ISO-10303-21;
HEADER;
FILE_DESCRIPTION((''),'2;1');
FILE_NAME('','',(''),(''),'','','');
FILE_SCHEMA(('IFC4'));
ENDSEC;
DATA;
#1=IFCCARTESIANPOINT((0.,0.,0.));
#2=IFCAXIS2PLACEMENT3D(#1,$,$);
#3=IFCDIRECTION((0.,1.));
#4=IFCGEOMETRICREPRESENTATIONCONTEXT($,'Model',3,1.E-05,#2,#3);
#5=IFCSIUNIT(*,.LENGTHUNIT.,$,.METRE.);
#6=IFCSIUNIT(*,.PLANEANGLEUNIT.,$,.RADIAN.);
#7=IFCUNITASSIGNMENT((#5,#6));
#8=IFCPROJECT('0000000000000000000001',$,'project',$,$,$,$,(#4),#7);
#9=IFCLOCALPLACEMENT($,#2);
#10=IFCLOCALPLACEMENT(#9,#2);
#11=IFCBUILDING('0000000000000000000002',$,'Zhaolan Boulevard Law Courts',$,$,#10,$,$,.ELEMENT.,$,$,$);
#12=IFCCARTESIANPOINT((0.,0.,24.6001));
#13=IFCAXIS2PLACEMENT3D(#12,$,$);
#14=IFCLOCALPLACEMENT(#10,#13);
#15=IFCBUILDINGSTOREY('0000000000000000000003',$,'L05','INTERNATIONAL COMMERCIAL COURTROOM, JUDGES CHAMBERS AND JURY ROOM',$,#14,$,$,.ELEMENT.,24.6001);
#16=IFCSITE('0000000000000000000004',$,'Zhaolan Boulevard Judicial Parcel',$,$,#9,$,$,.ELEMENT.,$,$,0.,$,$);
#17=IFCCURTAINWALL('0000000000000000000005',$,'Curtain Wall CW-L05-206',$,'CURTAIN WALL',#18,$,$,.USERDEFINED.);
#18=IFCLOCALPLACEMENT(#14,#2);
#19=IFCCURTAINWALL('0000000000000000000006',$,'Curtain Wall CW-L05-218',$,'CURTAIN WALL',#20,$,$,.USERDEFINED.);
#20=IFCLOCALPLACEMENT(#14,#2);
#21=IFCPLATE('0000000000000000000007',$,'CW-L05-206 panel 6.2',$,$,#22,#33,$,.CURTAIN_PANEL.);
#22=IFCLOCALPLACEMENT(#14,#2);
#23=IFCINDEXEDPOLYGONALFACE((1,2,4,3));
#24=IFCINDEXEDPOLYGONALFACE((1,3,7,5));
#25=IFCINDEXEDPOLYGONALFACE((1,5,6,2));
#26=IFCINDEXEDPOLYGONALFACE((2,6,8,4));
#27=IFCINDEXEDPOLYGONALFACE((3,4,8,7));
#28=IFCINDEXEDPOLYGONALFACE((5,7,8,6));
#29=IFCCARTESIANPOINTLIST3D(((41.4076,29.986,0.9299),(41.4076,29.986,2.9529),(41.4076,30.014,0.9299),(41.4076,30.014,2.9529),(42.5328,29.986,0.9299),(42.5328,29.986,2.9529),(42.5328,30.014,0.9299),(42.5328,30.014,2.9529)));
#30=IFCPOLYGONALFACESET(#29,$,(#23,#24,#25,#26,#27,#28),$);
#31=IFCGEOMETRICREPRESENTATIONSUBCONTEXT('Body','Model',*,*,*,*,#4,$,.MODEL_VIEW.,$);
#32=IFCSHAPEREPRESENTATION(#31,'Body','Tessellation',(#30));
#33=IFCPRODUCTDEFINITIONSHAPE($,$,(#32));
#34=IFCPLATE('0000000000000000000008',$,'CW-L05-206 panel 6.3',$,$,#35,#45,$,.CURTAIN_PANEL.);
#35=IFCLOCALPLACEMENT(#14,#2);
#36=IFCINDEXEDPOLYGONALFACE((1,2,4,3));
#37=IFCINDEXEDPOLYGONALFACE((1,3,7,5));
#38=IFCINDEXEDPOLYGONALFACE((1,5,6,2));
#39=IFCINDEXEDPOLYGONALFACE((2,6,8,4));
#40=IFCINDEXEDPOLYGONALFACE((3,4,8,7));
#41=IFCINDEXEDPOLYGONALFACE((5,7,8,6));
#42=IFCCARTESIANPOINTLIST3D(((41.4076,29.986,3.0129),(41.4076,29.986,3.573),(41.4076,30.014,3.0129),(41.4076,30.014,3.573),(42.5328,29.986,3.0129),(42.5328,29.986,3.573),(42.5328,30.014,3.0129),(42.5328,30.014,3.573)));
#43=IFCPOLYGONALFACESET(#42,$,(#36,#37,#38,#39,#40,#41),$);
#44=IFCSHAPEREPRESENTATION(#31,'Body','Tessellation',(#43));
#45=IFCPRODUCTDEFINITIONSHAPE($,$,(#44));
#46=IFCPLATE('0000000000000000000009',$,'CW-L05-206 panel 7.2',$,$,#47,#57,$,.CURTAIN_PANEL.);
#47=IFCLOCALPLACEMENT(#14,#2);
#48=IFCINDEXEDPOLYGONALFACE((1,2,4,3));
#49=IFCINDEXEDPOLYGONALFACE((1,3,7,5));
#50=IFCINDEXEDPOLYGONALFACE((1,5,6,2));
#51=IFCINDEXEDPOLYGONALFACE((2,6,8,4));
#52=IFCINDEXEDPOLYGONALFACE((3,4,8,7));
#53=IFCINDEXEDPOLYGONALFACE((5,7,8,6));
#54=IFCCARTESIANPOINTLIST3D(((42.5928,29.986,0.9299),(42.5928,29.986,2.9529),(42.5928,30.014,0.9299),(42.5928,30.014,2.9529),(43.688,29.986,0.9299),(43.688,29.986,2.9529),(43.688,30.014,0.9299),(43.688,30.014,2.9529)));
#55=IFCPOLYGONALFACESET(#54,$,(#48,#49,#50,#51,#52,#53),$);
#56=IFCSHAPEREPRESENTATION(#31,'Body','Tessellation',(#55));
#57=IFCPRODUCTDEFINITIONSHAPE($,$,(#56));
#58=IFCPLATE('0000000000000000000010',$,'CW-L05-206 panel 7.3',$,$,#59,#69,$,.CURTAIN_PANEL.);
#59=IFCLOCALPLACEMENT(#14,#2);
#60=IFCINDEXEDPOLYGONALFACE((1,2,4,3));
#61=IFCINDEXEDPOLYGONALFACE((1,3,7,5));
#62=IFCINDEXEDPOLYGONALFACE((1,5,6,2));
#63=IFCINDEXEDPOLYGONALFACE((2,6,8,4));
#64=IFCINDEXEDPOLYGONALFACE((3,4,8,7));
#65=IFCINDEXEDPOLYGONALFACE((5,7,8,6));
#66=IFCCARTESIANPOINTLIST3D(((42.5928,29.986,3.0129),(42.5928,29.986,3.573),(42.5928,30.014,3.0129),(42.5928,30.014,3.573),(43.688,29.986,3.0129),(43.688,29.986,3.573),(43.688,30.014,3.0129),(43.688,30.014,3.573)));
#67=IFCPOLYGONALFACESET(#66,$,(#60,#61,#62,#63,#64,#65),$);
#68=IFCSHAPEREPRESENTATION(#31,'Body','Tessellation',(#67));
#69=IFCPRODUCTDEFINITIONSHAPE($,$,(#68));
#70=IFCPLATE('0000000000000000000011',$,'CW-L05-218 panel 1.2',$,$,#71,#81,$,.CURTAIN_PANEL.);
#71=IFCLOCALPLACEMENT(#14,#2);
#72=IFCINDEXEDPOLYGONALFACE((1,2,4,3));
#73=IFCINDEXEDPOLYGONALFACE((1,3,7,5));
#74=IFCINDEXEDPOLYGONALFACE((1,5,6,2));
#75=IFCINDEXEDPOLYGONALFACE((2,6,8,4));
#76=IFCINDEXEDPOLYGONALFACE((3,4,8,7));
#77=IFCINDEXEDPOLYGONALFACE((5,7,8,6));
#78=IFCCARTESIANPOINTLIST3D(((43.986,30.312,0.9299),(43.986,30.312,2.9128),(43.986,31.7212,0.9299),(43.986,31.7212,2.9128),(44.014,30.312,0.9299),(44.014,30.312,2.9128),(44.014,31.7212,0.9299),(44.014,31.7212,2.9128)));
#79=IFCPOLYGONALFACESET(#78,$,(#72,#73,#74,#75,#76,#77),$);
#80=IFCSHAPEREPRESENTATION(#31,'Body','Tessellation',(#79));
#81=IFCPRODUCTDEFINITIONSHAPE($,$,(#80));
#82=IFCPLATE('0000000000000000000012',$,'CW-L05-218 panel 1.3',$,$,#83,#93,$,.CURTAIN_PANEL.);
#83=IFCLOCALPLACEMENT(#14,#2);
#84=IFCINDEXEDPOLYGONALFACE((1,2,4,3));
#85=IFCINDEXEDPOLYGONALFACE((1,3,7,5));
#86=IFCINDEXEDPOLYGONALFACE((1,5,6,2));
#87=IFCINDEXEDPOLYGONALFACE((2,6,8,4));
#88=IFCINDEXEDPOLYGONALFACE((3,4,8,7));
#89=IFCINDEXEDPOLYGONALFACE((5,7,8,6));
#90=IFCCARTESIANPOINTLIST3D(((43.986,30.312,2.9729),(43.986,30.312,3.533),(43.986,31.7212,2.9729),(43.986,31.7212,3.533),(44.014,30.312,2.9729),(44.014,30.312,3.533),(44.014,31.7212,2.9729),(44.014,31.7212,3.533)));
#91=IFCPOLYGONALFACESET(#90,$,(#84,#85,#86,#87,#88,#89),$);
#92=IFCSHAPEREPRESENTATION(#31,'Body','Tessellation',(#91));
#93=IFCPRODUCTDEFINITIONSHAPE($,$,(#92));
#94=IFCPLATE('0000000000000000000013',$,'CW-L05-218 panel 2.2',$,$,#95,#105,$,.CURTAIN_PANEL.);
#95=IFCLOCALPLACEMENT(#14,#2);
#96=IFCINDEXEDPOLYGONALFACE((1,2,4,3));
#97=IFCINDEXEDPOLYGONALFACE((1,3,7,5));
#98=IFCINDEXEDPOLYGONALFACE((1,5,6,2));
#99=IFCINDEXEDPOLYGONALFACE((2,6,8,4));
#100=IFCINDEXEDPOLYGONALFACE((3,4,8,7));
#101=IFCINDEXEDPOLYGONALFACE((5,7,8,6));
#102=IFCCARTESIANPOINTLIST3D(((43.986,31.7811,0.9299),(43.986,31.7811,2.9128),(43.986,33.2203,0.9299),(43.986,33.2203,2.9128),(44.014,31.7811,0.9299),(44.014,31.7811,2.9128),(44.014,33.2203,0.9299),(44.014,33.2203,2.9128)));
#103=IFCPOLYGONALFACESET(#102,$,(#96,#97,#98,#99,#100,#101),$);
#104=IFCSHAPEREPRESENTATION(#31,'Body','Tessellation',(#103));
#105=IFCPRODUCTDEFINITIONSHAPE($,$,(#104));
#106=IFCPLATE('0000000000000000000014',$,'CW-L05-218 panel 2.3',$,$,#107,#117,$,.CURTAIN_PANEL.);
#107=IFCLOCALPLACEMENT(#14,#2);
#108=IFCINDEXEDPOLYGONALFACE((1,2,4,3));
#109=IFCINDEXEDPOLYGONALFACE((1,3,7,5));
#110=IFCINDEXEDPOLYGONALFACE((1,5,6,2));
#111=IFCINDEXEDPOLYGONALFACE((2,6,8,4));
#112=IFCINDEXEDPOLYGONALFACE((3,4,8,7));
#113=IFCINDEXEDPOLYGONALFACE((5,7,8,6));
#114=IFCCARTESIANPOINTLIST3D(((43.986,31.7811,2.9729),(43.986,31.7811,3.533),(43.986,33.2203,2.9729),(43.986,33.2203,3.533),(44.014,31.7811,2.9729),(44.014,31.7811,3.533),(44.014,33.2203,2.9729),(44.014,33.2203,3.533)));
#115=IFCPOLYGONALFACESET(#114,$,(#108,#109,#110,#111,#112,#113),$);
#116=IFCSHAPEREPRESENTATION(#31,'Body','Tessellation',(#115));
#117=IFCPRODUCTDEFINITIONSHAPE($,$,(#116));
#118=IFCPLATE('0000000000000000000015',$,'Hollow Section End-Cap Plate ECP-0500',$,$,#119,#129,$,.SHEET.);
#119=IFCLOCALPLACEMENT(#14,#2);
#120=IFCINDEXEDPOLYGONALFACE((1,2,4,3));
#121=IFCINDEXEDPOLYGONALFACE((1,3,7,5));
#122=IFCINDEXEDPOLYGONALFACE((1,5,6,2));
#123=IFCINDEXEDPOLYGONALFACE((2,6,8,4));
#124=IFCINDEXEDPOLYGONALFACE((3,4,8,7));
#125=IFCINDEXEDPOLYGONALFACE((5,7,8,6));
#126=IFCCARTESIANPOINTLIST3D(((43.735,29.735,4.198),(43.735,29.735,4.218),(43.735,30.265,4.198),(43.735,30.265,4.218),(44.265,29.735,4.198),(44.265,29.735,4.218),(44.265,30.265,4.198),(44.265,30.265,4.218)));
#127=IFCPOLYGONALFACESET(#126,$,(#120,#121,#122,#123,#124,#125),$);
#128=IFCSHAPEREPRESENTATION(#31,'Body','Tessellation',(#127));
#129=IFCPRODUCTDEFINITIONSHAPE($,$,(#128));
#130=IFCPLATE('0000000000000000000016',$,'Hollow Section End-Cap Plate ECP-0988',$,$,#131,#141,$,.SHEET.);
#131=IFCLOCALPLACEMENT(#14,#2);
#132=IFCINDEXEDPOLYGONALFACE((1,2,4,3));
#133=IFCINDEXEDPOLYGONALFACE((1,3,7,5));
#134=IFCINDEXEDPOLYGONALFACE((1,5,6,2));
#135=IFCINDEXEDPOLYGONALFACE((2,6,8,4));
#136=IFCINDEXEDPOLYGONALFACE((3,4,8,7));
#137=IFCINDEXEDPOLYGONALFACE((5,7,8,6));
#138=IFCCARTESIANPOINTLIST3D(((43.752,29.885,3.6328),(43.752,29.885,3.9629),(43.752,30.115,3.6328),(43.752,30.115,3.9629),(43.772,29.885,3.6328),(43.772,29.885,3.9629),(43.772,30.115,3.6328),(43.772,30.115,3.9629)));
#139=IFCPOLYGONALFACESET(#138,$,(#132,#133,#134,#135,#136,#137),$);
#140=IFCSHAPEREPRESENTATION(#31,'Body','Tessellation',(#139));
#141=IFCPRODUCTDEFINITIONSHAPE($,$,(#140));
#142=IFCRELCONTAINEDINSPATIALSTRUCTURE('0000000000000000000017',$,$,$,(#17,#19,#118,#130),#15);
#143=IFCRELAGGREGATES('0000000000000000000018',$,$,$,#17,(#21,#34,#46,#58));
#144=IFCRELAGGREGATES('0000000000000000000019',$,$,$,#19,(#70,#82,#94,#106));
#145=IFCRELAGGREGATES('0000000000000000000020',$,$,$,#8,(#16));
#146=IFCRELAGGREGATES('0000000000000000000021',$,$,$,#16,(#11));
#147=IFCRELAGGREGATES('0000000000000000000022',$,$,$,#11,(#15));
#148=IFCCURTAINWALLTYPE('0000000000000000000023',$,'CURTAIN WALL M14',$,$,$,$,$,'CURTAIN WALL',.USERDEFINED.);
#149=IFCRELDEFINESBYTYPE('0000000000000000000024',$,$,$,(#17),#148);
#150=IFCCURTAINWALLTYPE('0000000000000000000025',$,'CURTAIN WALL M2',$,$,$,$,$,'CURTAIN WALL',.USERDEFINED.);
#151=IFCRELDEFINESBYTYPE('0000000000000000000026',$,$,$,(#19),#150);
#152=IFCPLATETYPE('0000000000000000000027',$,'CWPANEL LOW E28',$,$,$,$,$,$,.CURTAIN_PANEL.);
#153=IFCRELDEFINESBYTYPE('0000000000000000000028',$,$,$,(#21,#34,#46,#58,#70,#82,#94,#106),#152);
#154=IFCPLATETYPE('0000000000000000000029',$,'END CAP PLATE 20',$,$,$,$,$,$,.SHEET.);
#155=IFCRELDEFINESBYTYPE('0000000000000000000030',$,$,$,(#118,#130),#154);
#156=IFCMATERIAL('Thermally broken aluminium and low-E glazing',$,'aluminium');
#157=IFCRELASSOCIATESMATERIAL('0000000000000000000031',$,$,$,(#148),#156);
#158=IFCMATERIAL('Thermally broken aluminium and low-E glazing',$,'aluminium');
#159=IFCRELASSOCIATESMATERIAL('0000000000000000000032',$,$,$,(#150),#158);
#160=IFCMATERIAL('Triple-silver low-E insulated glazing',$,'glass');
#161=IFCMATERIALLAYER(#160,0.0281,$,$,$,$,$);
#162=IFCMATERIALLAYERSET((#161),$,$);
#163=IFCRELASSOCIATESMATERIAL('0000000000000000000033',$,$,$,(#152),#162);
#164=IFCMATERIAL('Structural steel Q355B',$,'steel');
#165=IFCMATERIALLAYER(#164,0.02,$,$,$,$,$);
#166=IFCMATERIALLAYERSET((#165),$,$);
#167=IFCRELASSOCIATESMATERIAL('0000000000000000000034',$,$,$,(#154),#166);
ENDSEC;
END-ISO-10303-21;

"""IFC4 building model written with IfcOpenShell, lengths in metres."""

from ifc_helpers import new_model, si_unit, direction, frame, origin, origin_2d, place, context, subcontext, project, spatial, rectangle, extrude, material, layer, layer_set, type_object, element, aggregate, save


model = new_model("IFC4")

# Units and contexts
model_context = context("Model", 3, precision=1e-05, world=origin(), true_north=direction((0.0, 1.0)))
body_context = subcontext(model_context, "Body", "Model", "MODEL_VIEW")
ifc_project = project(units=[si_unit("LENGTHUNIT", "METRE"), si_unit("PLANEANGLEUNIT", "RADIAN")], contexts=[model_context])

# Site, building, storey
site_placement = place(None, origin())
site = spatial("IfcSite", under=ifc_project, at=site_placement, Name="Zhaolan Boulevard Judicial Parcel", CompositionType="ELEMENT", RefElevation=0.0)
building_placement = place(site_placement, origin())
building = spatial("IfcBuilding", under=site, at=building_placement, Name="Zhaolan Boulevard Law Courts", CompositionType="ELEMENT")
storey_placement = place(building_placement, frame((0.0, 0.0, 24.6001)))
storey = spatial("IfcBuildingStorey", under=building, at=storey_placement, Name="L05", Description="INTERNATIONAL COMMERCIAL COURTROOM, JUDGES CHAMBERS AND JURY ROOM", CompositionType="ELEMENT", Elevation=24.6001)

# Curtain walls
ifc_material_1 = material(Name="Thermally broken aluminium and low-E glazing", Category="aluminium")
curtain_wall_type_1 = type_object("IfcCurtainWallType", Name="CURTAIN WALL M14", ElementType="CURTAIN WALL", PredefinedType="USERDEFINED", material=ifc_material_1)
curtain_wall_1_placement = place(storey_placement, origin())
curtain_wall_1 = element("IfcCurtainWall", 1, at=curtain_wall_1_placement, inside=storey, type_object=curtain_wall_type_1, Name="Curtain Wall CW-L05-206", ObjectType="CURTAIN WALL", PredefinedType="USERDEFINED")
ifc_material_2 = material(Name="Thermally broken aluminium and low-E glazing", Category="aluminium")
curtain_wall_type_2 = type_object("IfcCurtainWallType", Name="CURTAIN WALL M2", ElementType="CURTAIN WALL", PredefinedType="USERDEFINED", material=ifc_material_2)
curtain_wall_2_placement = place(storey_placement, origin())
curtain_wall_2 = element("IfcCurtainWall", 2, at=curtain_wall_2_placement, inside=storey, type_object=curtain_wall_type_2, Name="Curtain Wall CW-L05-218", ObjectType="CURTAIN WALL", PredefinedType="USERDEFINED")

# Plates
ifc_material_3 = material(Name="Triple-silver low-E insulated glazing", Category="glass")
ifc_layer_1 = layer(ifc_material_3, 0.0281)
ifc_layer_set_1 = layer_set([ifc_layer_1])
plate_type_1 = type_object("IfcPlateType", Name="CWPANEL LOW E28", PredefinedType="CURTAIN_PANEL", material=ifc_layer_set_1)
plate_1_placement = place(storey_placement, frame((41.9702, 30.0, 0.9299), z_axis=(0.0, 0.0, 1.0), x_axis=(1.0, 0.0, 0.0)))
plate_1 = element("IfcPlate", 3, at=plate_1_placement, type_object=plate_type_1, Name="CW-L05-206 panel 6.2", PredefinedType="CURTAIN_PANEL", context=body_context, shape_type="SweptSolid", body=[
    extrude(rectangle(XDim=1.1252, YDim=0.0281, at=origin_2d()), origin(), (0.0, 0.0, 1.0), 2.0229),
])
plate_2_placement = place(storey_placement, frame((41.9702, 30.0, 3.0129), z_axis=(0.0, 0.0, 1.0), x_axis=(1.0, 0.0, 0.0)))
plate_2 = element("IfcPlate", 4, at=plate_2_placement, type_object=plate_type_1, Name="CW-L05-206 panel 6.3", PredefinedType="CURTAIN_PANEL", context=body_context, shape_type="SweptSolid", body=[
    extrude(rectangle(XDim=1.1252, YDim=0.0281, at=origin_2d()), origin(), (0.0, 0.0, 1.0), 0.5601),
])
plate_3_placement = place(storey_placement, frame((43.1404, 30.0, 0.9299), z_axis=(0.0, 0.0, 1.0), x_axis=(1.0, 0.0, 0.0)))
plate_3 = element("IfcPlate", 5, at=plate_3_placement, type_object=plate_type_1, Name="CW-L05-206 panel 7.2", PredefinedType="CURTAIN_PANEL", context=body_context, shape_type="SweptSolid", body=[
    extrude(rectangle(XDim=1.0952, YDim=0.0281, at=origin_2d()), origin(), (0.0, 0.0, 1.0), 2.0229),
])
plate_4_placement = place(storey_placement, frame((43.1404, 30.0, 3.0129), z_axis=(0.0, 0.0, 1.0), x_axis=(1.0, 0.0, 0.0)))
plate_4 = element("IfcPlate", 6, at=plate_4_placement, type_object=plate_type_1, Name="CW-L05-206 panel 7.3", PredefinedType="CURTAIN_PANEL", context=body_context, shape_type="SweptSolid", body=[
    extrude(rectangle(XDim=1.0952, YDim=0.0281, at=origin_2d()), origin(), (0.0, 0.0, 1.0), 0.5601),
])
aggregate(curtain_wall_1, [plate_1, plate_2, plate_3, plate_4])
plate_5_placement = place(storey_placement, frame((44.0, 31.0166, 0.9299), z_axis=(0.0, 0.0, 1.0), x_axis=(0.0, 1.0, 0.0)))
plate_5 = element("IfcPlate", 7, at=plate_5_placement, type_object=plate_type_1, Name="CW-L05-218 panel 1.2", PredefinedType="CURTAIN_PANEL", context=body_context, shape_type="SweptSolid", body=[
    extrude(rectangle(XDim=1.4092, YDim=0.0281, at=origin_2d()), origin(), (0.0, 0.0, 1.0), 1.9829),
])
plate_6_placement = place(storey_placement, frame((44.0, 31.0166, 2.9729), z_axis=(0.0, 0.0, 1.0), x_axis=(0.0, 1.0, 0.0)))
plate_6 = element("IfcPlate", 8, at=plate_6_placement, type_object=plate_type_1, Name="CW-L05-218 panel 1.3", PredefinedType="CURTAIN_PANEL", context=body_context, shape_type="SweptSolid", body=[
    extrude(rectangle(XDim=1.4092, YDim=0.0281, at=origin_2d()), origin(), (0.0, 0.0, 1.0), 0.5601),
])
plate_7_placement = place(storey_placement, frame((44.0, 32.5007, 0.9299), z_axis=(0.0, 0.0, 1.0), x_axis=(0.0, 1.0, 0.0)))
plate_7 = element("IfcPlate", 9, at=plate_7_placement, type_object=plate_type_1, Name="CW-L05-218 panel 2.2", PredefinedType="CURTAIN_PANEL", context=body_context, shape_type="SweptSolid", body=[
    extrude(rectangle(XDim=1.4392, YDim=0.0281, at=origin_2d()), origin(), (0.0, 0.0, 1.0), 1.9829),
])
plate_8_placement = place(storey_placement, frame((44.0, 32.5007, 2.9729), z_axis=(0.0, 0.0, 1.0), x_axis=(0.0, 1.0, 0.0)))
plate_8 = element("IfcPlate", 10, at=plate_8_placement, type_object=plate_type_1, Name="CW-L05-218 panel 2.3", PredefinedType="CURTAIN_PANEL", context=body_context, shape_type="SweptSolid", body=[
    extrude(rectangle(XDim=1.4392, YDim=0.0281, at=origin_2d()), origin(), (0.0, 0.0, 1.0), 0.5601),
])
aggregate(curtain_wall_2, [plate_5, plate_6, plate_7, plate_8])

# Plates
ifc_material_4 = material(Name="Structural steel Q355B", Category="steel")
ifc_layer_2 = layer(ifc_material_4, 0.02)
ifc_layer_set_2 = layer_set([ifc_layer_2])
plate_type_2 = type_object("IfcPlateType", Name="END CAP PLATE 20", PredefinedType="SHEET", material=ifc_layer_set_2)
plate_9_placement = place(storey_placement, frame((44.0, 30.0, 4.198), z_axis=(0.0, 0.0, 1.0), x_axis=(1.0, 0.0, 0.0)))
element("IfcPlate", 11, at=plate_9_placement, inside=storey, type_object=plate_type_2, Name="Hollow Section End-Cap Plate ECP-0500", PredefinedType="SHEET", context=body_context, shape_type="SweptSolid", body=[
    extrude(rectangle(XDim=0.53, YDim=0.53, at=origin_2d()), origin(), (0.0, 0.0, 1.0), 0.02),
])
plate_10_placement = place(storey_placement, frame((43.762, 30.0, 3.6328), z_axis=(0.0, 0.0, 1.0), x_axis=(1.0, 0.0, 0.0)))
element("IfcPlate", 12, at=plate_10_placement, inside=storey, type_object=plate_type_2, Name="Hollow Section End-Cap Plate ECP-0988", PredefinedType="SHEET", context=body_context, shape_type="SweptSolid", body=[
    extrude(rectangle(XDim=0.02, YDim=0.23, at=origin_2d()), origin(), (0.0, 0.0, 1.0), 0.3301),
])

save(model, "model.ifc")
